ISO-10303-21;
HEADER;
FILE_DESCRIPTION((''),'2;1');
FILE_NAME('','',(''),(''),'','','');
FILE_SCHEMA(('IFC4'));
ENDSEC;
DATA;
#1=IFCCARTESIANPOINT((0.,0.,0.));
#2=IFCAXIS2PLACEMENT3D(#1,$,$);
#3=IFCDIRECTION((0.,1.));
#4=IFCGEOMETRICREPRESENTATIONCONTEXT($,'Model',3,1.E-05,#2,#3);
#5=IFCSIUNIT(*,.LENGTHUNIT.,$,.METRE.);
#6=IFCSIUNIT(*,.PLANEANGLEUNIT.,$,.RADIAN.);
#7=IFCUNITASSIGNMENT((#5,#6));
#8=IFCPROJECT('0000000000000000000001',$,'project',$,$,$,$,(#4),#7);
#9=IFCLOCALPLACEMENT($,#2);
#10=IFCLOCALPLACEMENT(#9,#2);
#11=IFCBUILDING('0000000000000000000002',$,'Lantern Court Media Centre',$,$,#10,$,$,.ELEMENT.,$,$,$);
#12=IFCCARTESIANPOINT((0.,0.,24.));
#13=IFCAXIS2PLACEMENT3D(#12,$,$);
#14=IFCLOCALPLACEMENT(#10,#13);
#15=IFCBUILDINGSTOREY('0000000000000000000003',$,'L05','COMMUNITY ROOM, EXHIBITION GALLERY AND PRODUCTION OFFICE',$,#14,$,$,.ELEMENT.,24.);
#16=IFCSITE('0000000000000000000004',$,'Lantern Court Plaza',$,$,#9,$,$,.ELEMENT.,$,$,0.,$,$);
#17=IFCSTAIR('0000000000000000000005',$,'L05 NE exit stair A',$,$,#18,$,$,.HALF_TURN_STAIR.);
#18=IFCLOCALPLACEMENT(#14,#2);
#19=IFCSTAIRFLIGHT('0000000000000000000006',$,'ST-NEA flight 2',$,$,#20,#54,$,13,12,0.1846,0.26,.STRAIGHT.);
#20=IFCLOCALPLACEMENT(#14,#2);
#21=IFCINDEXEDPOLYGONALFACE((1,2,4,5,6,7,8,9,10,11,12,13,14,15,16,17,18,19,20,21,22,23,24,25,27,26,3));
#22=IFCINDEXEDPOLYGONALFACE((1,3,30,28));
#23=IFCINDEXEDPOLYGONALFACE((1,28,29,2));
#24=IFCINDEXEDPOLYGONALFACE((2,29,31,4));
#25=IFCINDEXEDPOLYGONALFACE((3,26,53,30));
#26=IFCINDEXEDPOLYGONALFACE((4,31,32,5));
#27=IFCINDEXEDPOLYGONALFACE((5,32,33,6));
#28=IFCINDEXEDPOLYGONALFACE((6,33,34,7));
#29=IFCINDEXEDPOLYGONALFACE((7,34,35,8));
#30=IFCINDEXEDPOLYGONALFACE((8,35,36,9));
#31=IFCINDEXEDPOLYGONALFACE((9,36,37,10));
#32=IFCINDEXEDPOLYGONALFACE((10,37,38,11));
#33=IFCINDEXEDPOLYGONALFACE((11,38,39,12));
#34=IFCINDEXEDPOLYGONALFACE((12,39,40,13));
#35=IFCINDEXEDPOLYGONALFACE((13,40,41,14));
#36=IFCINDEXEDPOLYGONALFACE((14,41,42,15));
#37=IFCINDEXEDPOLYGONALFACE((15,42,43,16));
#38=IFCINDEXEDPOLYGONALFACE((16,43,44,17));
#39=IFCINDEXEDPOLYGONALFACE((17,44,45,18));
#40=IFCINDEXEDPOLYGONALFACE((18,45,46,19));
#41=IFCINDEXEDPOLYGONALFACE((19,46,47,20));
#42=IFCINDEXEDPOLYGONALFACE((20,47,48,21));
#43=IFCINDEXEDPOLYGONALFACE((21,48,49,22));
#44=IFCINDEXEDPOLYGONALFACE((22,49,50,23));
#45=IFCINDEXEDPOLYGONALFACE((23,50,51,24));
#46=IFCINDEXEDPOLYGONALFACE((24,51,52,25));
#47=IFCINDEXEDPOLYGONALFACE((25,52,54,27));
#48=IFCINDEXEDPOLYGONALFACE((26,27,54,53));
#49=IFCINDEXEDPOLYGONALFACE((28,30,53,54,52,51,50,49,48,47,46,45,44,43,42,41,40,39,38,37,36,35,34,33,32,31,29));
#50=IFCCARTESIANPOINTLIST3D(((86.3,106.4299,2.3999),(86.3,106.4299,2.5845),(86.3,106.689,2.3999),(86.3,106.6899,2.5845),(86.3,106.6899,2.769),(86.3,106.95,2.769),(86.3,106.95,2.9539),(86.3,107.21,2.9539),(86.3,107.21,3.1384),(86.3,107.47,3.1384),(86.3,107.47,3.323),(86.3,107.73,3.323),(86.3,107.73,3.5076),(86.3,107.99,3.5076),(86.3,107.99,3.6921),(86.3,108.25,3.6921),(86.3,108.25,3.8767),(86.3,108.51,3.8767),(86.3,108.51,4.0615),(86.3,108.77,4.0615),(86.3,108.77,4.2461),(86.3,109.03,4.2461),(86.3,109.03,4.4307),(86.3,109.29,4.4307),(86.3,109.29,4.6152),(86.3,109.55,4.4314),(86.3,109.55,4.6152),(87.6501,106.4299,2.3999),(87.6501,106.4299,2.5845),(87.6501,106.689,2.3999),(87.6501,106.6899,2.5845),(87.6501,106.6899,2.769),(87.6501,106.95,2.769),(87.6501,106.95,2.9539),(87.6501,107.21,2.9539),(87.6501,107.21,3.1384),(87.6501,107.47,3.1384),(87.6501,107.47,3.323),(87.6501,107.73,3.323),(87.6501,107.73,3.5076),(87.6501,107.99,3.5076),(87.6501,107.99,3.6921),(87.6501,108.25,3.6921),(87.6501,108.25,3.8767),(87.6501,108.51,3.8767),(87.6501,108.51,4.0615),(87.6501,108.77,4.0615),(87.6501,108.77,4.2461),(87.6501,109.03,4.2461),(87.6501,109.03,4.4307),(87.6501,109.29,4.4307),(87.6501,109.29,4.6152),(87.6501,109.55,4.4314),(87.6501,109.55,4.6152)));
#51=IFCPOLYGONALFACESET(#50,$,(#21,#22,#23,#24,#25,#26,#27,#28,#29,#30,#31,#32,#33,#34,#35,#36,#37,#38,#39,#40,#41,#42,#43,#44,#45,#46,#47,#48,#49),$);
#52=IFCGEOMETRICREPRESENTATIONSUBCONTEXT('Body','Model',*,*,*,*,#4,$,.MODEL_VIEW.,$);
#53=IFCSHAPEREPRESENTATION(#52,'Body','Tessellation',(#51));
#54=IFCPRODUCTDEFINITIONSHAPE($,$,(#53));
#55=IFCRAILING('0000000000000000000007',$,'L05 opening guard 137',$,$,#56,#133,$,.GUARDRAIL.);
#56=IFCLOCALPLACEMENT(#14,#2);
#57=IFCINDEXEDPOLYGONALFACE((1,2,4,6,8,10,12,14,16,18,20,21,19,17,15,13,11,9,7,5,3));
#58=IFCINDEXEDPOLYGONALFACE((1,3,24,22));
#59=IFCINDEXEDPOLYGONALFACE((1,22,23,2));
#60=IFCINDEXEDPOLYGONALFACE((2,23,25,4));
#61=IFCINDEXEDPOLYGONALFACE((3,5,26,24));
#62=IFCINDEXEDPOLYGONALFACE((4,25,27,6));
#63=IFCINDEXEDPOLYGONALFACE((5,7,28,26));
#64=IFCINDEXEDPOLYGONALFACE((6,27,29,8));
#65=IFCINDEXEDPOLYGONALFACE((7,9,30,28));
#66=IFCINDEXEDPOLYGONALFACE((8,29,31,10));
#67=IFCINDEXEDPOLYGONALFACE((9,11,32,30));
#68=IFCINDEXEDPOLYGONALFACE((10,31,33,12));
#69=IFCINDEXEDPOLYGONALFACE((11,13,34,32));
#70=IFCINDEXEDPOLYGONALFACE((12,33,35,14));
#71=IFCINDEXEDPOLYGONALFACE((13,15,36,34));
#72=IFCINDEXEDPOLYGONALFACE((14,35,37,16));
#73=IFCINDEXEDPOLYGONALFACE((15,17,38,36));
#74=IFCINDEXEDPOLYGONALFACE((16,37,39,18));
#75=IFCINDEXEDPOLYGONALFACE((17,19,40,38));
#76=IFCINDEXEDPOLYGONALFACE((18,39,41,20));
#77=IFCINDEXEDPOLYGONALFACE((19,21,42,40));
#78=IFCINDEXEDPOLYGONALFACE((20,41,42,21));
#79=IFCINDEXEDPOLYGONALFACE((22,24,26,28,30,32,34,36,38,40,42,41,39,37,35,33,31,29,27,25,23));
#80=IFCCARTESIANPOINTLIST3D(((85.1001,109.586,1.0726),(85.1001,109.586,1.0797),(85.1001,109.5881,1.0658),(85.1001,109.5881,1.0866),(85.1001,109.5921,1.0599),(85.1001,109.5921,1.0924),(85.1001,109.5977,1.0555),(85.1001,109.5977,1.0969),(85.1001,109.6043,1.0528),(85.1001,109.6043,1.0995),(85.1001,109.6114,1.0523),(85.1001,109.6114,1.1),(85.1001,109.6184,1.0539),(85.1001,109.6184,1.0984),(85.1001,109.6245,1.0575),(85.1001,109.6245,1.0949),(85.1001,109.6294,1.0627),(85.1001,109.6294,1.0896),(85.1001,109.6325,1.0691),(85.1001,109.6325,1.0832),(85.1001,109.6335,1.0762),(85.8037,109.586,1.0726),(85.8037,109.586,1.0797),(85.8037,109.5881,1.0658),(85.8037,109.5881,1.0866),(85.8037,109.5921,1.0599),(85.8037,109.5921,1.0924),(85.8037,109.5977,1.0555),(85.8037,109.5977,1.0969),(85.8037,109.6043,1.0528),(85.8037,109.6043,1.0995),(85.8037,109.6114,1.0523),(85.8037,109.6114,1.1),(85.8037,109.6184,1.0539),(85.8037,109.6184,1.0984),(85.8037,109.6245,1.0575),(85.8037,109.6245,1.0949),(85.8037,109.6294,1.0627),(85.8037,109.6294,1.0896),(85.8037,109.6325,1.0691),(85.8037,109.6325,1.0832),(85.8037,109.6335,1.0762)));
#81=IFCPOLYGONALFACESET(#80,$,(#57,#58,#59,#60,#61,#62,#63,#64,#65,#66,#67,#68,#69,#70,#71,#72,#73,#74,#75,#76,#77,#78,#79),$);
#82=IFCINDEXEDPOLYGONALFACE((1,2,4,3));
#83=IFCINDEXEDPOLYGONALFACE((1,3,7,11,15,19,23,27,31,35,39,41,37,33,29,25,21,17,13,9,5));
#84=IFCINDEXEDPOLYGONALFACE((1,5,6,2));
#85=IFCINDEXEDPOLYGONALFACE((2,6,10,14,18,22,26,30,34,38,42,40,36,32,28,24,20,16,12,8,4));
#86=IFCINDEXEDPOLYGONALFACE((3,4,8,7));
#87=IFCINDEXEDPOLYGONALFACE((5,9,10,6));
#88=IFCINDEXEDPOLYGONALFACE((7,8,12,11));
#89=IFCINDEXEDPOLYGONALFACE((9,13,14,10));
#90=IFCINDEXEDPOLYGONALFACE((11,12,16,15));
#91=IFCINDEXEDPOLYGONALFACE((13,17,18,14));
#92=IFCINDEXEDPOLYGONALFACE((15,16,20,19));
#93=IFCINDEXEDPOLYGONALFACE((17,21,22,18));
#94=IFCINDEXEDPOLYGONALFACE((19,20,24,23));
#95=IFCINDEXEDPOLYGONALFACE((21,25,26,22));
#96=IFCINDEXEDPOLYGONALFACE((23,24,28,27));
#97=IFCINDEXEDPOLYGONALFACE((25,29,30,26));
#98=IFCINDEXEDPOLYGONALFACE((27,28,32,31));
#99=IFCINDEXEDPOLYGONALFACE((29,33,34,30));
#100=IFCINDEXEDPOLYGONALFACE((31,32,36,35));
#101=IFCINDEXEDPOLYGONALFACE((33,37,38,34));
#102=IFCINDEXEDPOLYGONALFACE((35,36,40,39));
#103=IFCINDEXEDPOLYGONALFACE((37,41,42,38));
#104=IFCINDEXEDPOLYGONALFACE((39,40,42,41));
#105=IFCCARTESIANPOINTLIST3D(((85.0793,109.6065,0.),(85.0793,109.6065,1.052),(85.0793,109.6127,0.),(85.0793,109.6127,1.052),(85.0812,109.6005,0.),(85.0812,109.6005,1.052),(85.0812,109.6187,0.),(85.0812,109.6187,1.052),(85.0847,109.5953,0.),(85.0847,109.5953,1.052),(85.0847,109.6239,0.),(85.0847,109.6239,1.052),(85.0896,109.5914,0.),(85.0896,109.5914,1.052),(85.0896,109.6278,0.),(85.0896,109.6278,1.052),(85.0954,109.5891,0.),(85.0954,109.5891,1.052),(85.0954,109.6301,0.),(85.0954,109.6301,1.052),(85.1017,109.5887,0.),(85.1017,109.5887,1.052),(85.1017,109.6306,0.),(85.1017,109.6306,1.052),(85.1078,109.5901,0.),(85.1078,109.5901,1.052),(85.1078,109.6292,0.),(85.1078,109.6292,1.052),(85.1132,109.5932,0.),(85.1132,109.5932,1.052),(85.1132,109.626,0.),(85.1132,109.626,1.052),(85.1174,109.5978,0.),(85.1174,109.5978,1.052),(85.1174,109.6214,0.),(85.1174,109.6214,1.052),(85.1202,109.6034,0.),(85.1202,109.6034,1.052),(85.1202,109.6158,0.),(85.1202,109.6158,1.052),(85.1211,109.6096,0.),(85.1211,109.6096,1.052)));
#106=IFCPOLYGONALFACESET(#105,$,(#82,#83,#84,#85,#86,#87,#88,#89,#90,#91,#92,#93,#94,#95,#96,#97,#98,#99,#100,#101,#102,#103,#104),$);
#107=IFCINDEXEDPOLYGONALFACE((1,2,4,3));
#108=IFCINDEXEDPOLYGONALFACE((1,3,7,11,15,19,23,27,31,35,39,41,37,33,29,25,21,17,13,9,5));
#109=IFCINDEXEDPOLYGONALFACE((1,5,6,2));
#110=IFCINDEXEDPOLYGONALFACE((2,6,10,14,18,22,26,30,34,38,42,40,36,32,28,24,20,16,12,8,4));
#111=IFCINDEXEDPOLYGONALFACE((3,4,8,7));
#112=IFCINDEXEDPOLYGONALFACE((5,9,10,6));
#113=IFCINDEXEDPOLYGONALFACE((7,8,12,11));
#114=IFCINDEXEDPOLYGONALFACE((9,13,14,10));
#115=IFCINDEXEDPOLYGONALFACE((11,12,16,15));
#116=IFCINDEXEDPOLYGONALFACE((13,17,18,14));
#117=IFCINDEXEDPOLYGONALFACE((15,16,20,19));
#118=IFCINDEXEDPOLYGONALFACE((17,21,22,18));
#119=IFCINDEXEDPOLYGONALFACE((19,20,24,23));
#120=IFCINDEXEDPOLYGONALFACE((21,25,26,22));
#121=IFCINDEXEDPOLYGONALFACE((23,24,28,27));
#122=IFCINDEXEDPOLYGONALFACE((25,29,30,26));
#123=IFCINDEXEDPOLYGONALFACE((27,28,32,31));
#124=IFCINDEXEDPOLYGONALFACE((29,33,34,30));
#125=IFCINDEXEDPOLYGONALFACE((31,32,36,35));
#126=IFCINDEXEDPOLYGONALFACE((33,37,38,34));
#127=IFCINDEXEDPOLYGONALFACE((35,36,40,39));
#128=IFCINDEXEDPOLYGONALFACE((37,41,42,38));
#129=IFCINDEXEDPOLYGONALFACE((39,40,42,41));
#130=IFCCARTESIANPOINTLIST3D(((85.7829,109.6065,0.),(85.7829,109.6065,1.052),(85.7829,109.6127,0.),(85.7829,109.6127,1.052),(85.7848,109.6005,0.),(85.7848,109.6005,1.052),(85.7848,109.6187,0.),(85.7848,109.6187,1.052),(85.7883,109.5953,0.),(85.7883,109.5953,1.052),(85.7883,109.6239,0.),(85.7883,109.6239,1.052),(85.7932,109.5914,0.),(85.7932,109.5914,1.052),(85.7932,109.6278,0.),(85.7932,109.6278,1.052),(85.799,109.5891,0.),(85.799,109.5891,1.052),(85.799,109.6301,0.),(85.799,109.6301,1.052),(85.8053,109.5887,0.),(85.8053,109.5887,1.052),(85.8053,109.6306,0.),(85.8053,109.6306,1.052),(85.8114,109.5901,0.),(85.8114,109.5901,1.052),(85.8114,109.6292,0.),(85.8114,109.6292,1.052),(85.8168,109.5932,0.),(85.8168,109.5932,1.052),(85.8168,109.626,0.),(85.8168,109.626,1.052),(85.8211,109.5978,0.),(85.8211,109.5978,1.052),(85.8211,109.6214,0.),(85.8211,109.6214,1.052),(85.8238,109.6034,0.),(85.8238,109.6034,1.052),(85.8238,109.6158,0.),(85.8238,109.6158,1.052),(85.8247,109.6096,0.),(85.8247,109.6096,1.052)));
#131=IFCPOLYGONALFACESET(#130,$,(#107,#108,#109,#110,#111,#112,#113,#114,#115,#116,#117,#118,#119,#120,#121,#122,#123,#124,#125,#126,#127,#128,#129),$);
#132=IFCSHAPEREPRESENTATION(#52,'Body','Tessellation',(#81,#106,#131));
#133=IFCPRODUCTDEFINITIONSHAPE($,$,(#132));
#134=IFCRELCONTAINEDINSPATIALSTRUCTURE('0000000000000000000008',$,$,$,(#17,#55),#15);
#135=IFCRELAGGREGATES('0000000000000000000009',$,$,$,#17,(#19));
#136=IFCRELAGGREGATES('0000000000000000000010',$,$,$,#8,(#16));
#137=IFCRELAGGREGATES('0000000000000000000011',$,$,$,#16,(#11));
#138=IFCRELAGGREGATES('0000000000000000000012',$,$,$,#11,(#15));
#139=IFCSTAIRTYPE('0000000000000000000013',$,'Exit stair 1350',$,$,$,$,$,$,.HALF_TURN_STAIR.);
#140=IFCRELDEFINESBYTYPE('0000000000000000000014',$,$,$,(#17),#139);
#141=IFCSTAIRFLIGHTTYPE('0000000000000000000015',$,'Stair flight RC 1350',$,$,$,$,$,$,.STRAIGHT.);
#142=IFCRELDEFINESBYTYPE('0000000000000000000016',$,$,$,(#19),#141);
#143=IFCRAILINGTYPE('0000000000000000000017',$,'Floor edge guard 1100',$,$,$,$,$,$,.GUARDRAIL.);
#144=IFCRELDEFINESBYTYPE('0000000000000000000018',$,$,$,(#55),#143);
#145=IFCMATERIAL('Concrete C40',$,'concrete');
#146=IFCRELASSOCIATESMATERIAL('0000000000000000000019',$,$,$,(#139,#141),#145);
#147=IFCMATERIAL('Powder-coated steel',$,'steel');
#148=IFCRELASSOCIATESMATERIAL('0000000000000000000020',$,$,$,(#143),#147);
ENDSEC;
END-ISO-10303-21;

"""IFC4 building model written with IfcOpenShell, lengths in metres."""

from ifc_helpers import new_model, si_unit, direction, frame, origin, origin_2d, place, context, subcontext, project, spatial, polyline, circle, outline, extrude, material, type_object, element, aggregate, save


model = new_model("IFC4")

# Units and contexts
model_context = context("Model", 3, precision=1e-05, world=origin(), true_north=direction((0.0, 1.0)))
body_context = subcontext(model_context, "Body", "Model", "MODEL_VIEW")
ifc_project = project(units=[si_unit("LENGTHUNIT", "METRE"), si_unit("PLANEANGLEUNIT", "RADIAN")], contexts=[model_context])

# Site, building, storey
site_placement = place(None, origin())
site = spatial("IfcSite", under=ifc_project, at=site_placement, Name="Lantern Court Plaza", CompositionType="ELEMENT", RefElevation=0.0)
building_placement = place(site_placement, origin())
building = spatial("IfcBuilding", under=site, at=building_placement, Name="Lantern Court Media Centre", CompositionType="ELEMENT")
storey_placement = place(building_placement, frame((0.0, 0.0, 24.0)))
storey = spatial("IfcBuildingStorey", under=building, at=storey_placement, Name="L05", Description="COMMUNITY ROOM, EXHIBITION GALLERY AND PRODUCTION OFFICE", CompositionType="ELEMENT", Elevation=24.0)

# Shared definitions
ifc_material_1 = material(Name="Concrete C40", Category="concrete")

# Stair, stair flight
stair_type = type_object("IfcStairType", Name="Exit stair 1350", PredefinedType="HALF_TURN_STAIR", material=ifc_material_1)
stair_placement = place(storey_placement, origin())
stair = element("IfcStair", 1, at=stair_placement, inside=storey, type_object=stair_type, Name="L05 NE exit stair A", PredefinedType="HALF_TURN_STAIR")
stair_flight_type = type_object("IfcStairFlightType", Name="Stair flight RC 1350", PredefinedType="STRAIGHT", material=ifc_material_1)
stair_flight_1_placement = place(storey_placement, frame((86.9751, 106.4299, 2.3999), z_axis=(0.0, 0.0, 1.0), x_axis=(0.0, 1.0, 0.0)))
stair_flight_1 = element("IfcStairFlight", 2, at=stair_flight_1_placement, type_object=stair_flight_type, Name="ST-NEA flight 2", NumberOfRisers=13, NumberOfTreads=12, PredefinedType="STRAIGHT", RiserHeight=0.1846, TreadLength=0.26, context=body_context, shape_type="SweptSolid", body=[
    extrude(outline(polyline([(0.0, 0.0), (0.0, 0.1846), (0.26, 0.1846), (0.26, 0.3691), (0.52, 0.3691), (0.52, 0.554), (0.78, 0.554), (0.78, 0.7385), (1.04, 0.7385), (1.04, 0.9231), (1.3, 0.9231), (1.3, 1.1077), (1.5601, 1.1077), (1.5601, 1.2922), (1.8201, 1.2922), (1.8201, 1.4768), (2.0801, 1.4768), (2.0801, 1.6616), (2.3401, 1.6616), (2.3401, 1.8462), (2.6001, 1.8462), (2.6001, 2.0308), (2.8601, 2.0308), (2.8601, 2.2153), (3.1201, 2.2153), (3.1201, 2.3999), (3.1201, 2.0315), (0.259, 0.0), (0.0, 0.0)])), frame((0.0, 0.675, 0.0), z_axis=(0.0, -1.0, 0.0), x_axis=(1.0, 0.0, 0.0)), (0.0, 0.0, 1.0), 1.3501),
])
aggregate(stair, [stair_flight_1])

# Railing
ifc_material_2 = material(Name="Powder-coated steel", Category="steel")
railing_type_1 = type_object("IfcRailingType", Name="Floor edge guard 1100", PredefinedType="GUARDRAIL", material=ifc_material_2)
railing_1_placement = place(storey_placement, frame((85.1001, 109.6096, 0.0)))
element("IfcRailing", 3, at=railing_1_placement, inside=storey, type_object=railing_type_1, Name="L05 opening guard 137", PredefinedType="GUARDRAIL", context=body_context, shape_type="SweptSolid", body=[
    extrude(circle(Radius=0.0239, at=origin_2d()), frame((0.0, 0.0, 1.0762), z_axis=(1.0, 0.0, 0.0), x_axis=(0.0, 1.0, 0.0)), (0.0, 0.0, 1.0), 0.7036),
    extrude(circle(Radius=0.021, at=origin_2d()), origin(), (0.0, 0.0, 1.0), 1.052),
    extrude(circle(Radius=0.021, at=origin_2d()), frame((0.7036, 0.0, 0.0)), (0.0, 0.0, 1.0), 1.052),
])

save(model, "model.ifc")
